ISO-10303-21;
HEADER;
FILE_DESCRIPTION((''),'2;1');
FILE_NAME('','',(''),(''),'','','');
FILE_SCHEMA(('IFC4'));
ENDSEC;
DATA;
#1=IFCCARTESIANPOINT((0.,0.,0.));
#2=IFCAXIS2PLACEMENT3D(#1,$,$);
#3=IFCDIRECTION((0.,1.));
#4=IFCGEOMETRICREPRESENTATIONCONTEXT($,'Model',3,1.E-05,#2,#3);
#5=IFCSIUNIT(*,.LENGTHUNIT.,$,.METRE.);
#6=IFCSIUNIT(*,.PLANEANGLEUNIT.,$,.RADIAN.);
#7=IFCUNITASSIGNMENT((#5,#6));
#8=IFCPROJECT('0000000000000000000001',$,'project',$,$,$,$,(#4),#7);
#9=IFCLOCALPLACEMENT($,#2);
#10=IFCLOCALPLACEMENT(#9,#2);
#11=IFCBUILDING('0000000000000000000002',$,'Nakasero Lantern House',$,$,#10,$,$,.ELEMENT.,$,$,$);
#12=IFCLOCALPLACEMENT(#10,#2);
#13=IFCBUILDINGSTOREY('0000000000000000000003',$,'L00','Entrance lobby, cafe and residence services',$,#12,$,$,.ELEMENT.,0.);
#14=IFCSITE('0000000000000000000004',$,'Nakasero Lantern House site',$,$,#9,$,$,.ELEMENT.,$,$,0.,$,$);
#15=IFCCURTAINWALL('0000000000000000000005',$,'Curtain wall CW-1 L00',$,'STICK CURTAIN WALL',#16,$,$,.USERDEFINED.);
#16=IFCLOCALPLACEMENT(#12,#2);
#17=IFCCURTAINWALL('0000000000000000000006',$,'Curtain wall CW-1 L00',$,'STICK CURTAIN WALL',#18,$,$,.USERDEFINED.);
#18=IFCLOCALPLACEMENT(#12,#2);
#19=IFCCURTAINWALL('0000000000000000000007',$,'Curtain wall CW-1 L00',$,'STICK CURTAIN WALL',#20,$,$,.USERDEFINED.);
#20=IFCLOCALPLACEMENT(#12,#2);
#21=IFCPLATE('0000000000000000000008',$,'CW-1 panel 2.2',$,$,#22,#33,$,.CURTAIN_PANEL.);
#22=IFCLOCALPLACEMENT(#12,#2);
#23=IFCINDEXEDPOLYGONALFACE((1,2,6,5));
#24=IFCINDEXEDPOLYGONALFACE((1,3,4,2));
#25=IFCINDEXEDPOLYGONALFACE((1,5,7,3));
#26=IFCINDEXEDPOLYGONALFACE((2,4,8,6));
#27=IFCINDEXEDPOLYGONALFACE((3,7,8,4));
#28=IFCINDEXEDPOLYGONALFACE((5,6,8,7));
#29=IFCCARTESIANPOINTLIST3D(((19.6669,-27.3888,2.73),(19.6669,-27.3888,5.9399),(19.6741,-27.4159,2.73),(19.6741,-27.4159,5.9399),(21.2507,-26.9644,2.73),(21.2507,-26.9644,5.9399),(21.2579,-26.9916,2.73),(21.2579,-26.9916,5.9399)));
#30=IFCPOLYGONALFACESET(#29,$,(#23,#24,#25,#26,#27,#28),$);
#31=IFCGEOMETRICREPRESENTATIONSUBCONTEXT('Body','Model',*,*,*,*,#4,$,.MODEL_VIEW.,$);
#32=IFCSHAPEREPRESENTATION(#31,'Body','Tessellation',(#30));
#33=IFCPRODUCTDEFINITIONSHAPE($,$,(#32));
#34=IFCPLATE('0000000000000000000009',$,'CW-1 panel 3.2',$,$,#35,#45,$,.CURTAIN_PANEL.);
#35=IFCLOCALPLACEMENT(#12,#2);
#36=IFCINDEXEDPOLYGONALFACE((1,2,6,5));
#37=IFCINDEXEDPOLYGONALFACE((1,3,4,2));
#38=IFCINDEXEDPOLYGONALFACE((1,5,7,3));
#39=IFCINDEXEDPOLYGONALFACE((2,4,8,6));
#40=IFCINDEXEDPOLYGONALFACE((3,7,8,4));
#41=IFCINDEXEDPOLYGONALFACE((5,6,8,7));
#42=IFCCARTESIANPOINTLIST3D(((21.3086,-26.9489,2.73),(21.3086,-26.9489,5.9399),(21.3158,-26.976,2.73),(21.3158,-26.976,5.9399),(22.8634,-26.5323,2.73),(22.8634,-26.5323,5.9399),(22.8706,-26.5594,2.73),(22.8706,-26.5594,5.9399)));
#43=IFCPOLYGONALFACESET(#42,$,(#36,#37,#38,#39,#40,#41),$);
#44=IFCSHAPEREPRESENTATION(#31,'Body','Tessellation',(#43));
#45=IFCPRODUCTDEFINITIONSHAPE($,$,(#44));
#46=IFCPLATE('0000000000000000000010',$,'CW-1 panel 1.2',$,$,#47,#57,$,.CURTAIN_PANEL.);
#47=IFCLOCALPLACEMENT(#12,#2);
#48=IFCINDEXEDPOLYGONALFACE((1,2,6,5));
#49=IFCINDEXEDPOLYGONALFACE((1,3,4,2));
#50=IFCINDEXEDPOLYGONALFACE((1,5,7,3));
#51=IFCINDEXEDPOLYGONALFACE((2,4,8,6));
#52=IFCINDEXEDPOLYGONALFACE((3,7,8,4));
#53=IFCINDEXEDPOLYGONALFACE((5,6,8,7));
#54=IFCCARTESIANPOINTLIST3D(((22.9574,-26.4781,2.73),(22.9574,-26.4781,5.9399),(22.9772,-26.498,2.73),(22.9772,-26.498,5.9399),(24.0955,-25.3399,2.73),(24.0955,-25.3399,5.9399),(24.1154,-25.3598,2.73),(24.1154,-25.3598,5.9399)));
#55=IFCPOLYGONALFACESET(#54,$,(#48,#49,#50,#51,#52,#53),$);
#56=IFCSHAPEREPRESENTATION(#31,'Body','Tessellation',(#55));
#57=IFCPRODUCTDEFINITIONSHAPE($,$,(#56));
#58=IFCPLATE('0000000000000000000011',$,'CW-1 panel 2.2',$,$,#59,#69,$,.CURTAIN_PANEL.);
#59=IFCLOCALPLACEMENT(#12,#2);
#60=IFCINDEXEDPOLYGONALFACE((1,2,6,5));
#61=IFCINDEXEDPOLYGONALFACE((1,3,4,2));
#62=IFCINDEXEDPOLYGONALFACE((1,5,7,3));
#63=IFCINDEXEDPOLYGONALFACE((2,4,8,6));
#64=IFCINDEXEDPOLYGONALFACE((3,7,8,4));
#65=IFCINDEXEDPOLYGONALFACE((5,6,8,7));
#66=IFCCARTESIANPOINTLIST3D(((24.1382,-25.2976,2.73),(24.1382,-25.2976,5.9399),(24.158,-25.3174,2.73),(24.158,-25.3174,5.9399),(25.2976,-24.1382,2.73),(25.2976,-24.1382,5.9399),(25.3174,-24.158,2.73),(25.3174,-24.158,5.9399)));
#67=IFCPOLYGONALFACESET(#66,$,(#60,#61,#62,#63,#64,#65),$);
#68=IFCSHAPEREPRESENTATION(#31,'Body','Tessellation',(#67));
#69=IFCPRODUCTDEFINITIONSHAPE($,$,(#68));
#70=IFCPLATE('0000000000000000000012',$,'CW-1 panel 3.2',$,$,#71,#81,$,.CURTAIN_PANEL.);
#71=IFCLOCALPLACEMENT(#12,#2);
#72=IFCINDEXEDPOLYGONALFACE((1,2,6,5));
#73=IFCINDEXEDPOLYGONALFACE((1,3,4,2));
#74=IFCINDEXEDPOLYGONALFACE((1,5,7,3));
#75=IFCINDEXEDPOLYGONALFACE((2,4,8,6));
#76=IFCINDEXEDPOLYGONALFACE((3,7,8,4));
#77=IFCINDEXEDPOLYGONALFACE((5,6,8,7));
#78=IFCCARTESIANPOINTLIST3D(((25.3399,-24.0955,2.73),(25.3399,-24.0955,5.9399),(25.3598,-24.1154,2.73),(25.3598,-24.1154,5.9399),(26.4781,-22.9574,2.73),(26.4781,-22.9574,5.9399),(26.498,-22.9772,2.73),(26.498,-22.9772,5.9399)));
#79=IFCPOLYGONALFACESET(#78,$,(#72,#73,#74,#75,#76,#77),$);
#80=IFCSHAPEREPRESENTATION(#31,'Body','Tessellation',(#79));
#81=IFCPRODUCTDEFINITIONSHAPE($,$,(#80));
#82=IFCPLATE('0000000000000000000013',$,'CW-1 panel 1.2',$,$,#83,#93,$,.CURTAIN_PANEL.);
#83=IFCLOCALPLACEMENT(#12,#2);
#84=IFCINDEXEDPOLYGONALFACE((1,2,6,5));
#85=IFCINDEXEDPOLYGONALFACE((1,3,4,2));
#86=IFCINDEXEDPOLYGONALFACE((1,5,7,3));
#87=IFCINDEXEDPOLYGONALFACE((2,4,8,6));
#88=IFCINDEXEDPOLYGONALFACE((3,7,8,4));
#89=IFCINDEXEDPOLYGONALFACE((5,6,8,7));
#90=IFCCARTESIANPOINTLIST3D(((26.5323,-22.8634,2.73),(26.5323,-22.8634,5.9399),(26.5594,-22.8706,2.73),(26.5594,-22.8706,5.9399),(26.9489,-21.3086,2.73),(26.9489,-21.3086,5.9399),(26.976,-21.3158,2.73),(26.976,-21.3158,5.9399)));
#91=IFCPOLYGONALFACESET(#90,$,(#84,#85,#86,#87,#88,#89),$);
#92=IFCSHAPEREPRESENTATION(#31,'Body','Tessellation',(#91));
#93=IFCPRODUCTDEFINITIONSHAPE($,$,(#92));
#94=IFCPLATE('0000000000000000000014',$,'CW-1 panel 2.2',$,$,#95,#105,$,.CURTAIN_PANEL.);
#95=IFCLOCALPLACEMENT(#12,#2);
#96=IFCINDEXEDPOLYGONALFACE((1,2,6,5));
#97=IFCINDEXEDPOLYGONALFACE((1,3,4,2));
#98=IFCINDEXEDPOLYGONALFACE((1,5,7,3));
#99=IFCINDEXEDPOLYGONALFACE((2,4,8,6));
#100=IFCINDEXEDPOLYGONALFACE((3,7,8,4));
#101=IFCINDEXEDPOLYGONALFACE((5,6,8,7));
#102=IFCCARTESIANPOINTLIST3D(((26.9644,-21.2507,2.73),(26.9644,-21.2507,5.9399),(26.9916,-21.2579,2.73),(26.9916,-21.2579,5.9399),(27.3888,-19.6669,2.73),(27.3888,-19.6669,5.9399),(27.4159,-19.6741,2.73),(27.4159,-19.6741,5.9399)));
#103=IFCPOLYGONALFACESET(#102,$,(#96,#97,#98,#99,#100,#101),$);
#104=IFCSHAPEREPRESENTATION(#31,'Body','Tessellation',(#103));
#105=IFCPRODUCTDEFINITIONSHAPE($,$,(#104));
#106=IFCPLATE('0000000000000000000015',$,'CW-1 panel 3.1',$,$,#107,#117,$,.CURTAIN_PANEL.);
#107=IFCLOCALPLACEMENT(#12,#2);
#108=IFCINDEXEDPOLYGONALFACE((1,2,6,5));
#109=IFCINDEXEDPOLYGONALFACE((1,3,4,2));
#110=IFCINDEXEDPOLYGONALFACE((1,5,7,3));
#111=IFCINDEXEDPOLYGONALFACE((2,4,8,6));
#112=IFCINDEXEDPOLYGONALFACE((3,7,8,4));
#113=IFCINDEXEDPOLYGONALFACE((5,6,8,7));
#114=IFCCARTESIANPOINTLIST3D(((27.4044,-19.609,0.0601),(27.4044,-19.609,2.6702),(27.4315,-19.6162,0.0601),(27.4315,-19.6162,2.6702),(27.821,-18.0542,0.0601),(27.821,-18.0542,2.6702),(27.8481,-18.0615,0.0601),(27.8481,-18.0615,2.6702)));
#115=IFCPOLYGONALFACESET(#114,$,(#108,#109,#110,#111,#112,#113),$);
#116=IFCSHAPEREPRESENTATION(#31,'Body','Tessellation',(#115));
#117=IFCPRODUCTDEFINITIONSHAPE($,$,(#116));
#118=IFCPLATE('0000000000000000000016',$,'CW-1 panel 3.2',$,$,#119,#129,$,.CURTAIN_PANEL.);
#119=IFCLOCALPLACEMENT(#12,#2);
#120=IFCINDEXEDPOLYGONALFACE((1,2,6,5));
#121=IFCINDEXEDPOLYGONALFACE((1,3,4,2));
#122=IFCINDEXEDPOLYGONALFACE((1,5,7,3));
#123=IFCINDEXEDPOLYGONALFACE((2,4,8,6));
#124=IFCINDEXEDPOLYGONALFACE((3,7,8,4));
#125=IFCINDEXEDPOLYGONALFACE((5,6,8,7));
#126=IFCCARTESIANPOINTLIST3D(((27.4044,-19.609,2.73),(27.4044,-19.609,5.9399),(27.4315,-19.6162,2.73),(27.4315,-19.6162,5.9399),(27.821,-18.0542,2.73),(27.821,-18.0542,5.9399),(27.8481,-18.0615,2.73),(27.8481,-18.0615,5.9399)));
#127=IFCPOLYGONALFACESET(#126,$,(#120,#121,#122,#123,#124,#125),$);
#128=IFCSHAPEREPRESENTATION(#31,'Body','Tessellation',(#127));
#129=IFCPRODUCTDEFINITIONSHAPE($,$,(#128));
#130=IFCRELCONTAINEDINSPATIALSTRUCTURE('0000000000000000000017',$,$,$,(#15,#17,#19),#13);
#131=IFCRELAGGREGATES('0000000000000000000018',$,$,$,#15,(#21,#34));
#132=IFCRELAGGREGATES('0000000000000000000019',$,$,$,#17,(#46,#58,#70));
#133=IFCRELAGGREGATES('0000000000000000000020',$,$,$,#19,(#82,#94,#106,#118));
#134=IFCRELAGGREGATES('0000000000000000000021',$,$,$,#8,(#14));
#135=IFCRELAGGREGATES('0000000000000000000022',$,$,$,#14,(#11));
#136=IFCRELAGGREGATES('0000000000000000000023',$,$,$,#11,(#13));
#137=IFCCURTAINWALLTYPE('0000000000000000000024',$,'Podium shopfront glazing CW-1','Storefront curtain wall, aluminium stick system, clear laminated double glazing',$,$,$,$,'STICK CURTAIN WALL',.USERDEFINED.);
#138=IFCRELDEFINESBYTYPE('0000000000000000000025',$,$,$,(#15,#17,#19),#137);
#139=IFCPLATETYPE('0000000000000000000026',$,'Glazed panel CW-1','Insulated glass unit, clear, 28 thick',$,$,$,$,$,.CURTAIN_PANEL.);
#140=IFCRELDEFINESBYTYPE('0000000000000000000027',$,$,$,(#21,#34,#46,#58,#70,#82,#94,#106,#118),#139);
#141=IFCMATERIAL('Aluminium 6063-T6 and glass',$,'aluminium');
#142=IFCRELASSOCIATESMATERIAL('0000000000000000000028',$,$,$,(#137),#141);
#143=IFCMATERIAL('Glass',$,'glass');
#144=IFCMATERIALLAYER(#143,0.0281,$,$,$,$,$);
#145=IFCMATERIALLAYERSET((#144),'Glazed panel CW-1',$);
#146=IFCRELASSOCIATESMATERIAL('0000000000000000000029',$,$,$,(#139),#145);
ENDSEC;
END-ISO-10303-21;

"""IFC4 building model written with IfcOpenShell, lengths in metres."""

from ifc_helpers import new_model, si_unit, direction, frame, origin, origin_2d, place, context, subcontext, project, spatial, rectangle, extrude, material, layer, layer_set, type_object, element, aggregate, save


model = new_model("IFC4")

# Units and contexts
model_context = context("Model", 3, precision=1e-05, world=origin(), true_north=direction((0.0, 1.0)))
body_context = subcontext(model_context, "Body", "Model", "MODEL_VIEW")
ifc_project = project(units=[si_unit("LENGTHUNIT", "METRE"), si_unit("PLANEANGLEUNIT", "RADIAN")], contexts=[model_context])

# Site, building, storey
site_placement = place(None, origin())
site = spatial("IfcSite", under=ifc_project, at=site_placement, Name="Nakasero Lantern House site", CompositionType="ELEMENT", RefElevation=0.0)
building_placement = place(site_placement, origin())
building = spatial("IfcBuilding", under=site, at=building_placement, Name="Nakasero Lantern House", CompositionType="ELEMENT")
storey_placement = place(building_placement, origin())
storey = spatial("IfcBuildingStorey", under=building, at=storey_placement, Name="L00", Description="Entrance lobby, cafe and residence services", CompositionType="ELEMENT", Elevation=0.0)

# Curtain walls
ifc_material_1 = material(Name="Aluminium 6063-T6 and glass", Category="aluminium")
curtain_wall_type = type_object("IfcCurtainWallType", Name="Podium shopfront glazing CW-1", Description="Storefront curtain wall, aluminium stick system, clear laminated double glazing", ElementType="STICK CURTAIN WALL", PredefinedType="USERDEFINED", material=ifc_material_1)
curtain_wall_1_placement = place(storey_placement, origin())
curtain_wall_1 = element("IfcCurtainWall", 1, at=curtain_wall_1_placement, inside=storey, type_object=curtain_wall_type, Name="Curtain wall CW-1 L00", ObjectType="STICK CURTAIN WALL", PredefinedType="USERDEFINED")
curtain_wall_2_placement = place(storey_placement, origin())
curtain_wall_2 = element("IfcCurtainWall", 2, at=curtain_wall_2_placement, inside=storey, type_object=curtain_wall_type, Name="Curtain wall CW-1 L00", ObjectType="STICK CURTAIN WALL", PredefinedType="USERDEFINED")
curtain_wall_3_placement = place(storey_placement, origin())
curtain_wall_3 = element("IfcCurtainWall", 3, at=curtain_wall_3_placement, inside=storey, type_object=curtain_wall_type, Name="Curtain wall CW-1 L00", ObjectType="STICK CURTAIN WALL", PredefinedType="USERDEFINED")

# Plates
ifc_material_2 = material(Name="Glass", Category="glass")
ifc_layer = layer(ifc_material_2, 0.0281)
ifc_layer_set = layer_set([ifc_layer], Name="Glazed panel CW-1")
plate_type = type_object("IfcPlateType", Name="Glazed panel CW-1", Description="Insulated glass unit, clear, 28 thick", PredefinedType="CURTAIN_PANEL", material=ifc_layer_set)
plate_1_placement = place(storey_placement, frame((20.4624, -27.1902, 2.73), z_axis=(0.0, 0.0, 1.0), x_axis=(0.965926, 0.258819, 0.0)))
plate_1 = element("IfcPlate", 4, at=plate_1_placement, type_object=plate_type, Name="CW-1 panel 2.2", PredefinedType="CURTAIN_PANEL", context=body_context, shape_type="SweptSolid", body=[
    extrude(rectangle(XDim=1.6396, YDim=0.0281, at=origin_2d()), origin(), (0.0, 0.0, 1.0), 3.21),
])
plate_2_placement = place(storey_placement, frame((22.0896, -26.7542, 2.73), z_axis=(0.0, 0.0, 1.0), x_axis=(0.965926, 0.258819, 0.0)))
plate_2 = element("IfcPlate", 5, at=plate_2_placement, type_object=plate_type, Name="CW-1 panel 3.2", PredefinedType="CURTAIN_PANEL", context=body_context, shape_type="SweptSolid", body=[
    extrude(rectangle(XDim=1.6096, YDim=0.0281, at=origin_2d()), origin(), (0.0, 0.0, 1.0), 3.21),
])
aggregate(curtain_wall_1, [plate_1, plate_2])
plate_3_placement = place(storey_placement, frame((23.5364, -25.9189, 2.73), z_axis=(0.0, 0.0, 1.0), x_axis=(0.707107, 0.707107, 0.0)))
plate_3 = element("IfcPlate", 6, at=plate_3_placement, type_object=plate_type, Name="CW-1 panel 1.2", PredefinedType="CURTAIN_PANEL", context=body_context, shape_type="SweptSolid", body=[
    extrude(rectangle(XDim=1.6096, YDim=0.0281, at=origin_2d()), origin(), (0.0, 0.0, 1.0), 3.21),
])
plate_4_placement = place(storey_placement, frame((24.7278, -24.7278, 2.73), z_axis=(0.0, 0.0, 1.0), x_axis=(0.707107, 0.707107, 0.0)))
plate_4 = element("IfcPlate", 7, at=plate_4_placement, type_object=plate_type, Name="CW-1 panel 2.2", PredefinedType="CURTAIN_PANEL", context=body_context, shape_type="SweptSolid", body=[
    extrude(rectangle(XDim=1.6396, YDim=0.0281, at=origin_2d()), origin(), (0.0, 0.0, 1.0), 3.21),
])
plate_5_placement = place(storey_placement, frame((25.9189, -23.5364, 2.73), z_axis=(0.0, 0.0, 1.0), x_axis=(0.707107, 0.707107, 0.0)))
plate_5 = element("IfcPlate", 8, at=plate_5_placement, type_object=plate_type, Name="CW-1 panel 3.2", PredefinedType="CURTAIN_PANEL", context=body_context, shape_type="SweptSolid", body=[
    extrude(rectangle(XDim=1.6096, YDim=0.0281, at=origin_2d()), origin(), (0.0, 0.0, 1.0), 3.21),
])
aggregate(curtain_wall_2, [plate_3, plate_4, plate_5])
plate_6_placement = place(storey_placement, frame((26.7542, -22.0896, 2.73), z_axis=(0.0, 0.0, 1.0), x_axis=(0.258819, 0.965926, 0.0)))
plate_6 = element("IfcPlate", 9, at=plate_6_placement, type_object=plate_type, Name="CW-1 panel 1.2", PredefinedType="CURTAIN_PANEL", context=body_context, shape_type="SweptSolid", body=[
    extrude(rectangle(XDim=1.6096, YDim=0.0281, at=origin_2d()), origin(), (0.0, 0.0, 1.0), 3.21),
])
plate_7_placement = place(storey_placement, frame((27.1902, -20.4624, 2.73), z_axis=(0.0, 0.0, 1.0), x_axis=(0.258819, 0.965926, 0.0)))
plate_7 = element("IfcPlate", 10, at=plate_7_placement, type_object=plate_type, Name="CW-1 panel 2.2", PredefinedType="CURTAIN_PANEL", context=body_context, shape_type="SweptSolid", body=[
    extrude(rectangle(XDim=1.6396, YDim=0.0281, at=origin_2d()), origin(), (0.0, 0.0, 1.0), 3.21),
])
plate_8_placement = place(storey_placement, frame((27.6262, -18.8352, 0.0601), z_axis=(0.0, 0.0, 1.0), x_axis=(0.258819, 0.965926, 0.0)))
plate_8 = element("IfcPlate", 11, at=plate_8_placement, type_object=plate_type, Name="CW-1 panel 3.1", PredefinedType="CURTAIN_PANEL", context=body_context, shape_type="SweptSolid", body=[
    extrude(rectangle(XDim=1.6096, YDim=0.0281, at=origin_2d()), origin(), (0.0, 0.0, 1.0), 2.6101),
])
plate_9_placement = place(storey_placement, frame((27.6262, -18.8352, 2.73), z_axis=(0.0, 0.0, 1.0), x_axis=(0.258819, 0.965926, 0.0)))
plate_9 = element("IfcPlate", 12, at=plate_9_placement, type_object=plate_type, Name="CW-1 panel 3.2", PredefinedType="CURTAIN_PANEL", context=body_context, shape_type="SweptSolid", body=[
    extrude(rectangle(XDim=1.6096, YDim=0.0281, at=origin_2d()), origin(), (0.0, 0.0, 1.0), 3.21),
])
aggregate(curtain_wall_3, [plate_6, plate_7, plate_8, plate_9])

save(model, "model.ifc")
